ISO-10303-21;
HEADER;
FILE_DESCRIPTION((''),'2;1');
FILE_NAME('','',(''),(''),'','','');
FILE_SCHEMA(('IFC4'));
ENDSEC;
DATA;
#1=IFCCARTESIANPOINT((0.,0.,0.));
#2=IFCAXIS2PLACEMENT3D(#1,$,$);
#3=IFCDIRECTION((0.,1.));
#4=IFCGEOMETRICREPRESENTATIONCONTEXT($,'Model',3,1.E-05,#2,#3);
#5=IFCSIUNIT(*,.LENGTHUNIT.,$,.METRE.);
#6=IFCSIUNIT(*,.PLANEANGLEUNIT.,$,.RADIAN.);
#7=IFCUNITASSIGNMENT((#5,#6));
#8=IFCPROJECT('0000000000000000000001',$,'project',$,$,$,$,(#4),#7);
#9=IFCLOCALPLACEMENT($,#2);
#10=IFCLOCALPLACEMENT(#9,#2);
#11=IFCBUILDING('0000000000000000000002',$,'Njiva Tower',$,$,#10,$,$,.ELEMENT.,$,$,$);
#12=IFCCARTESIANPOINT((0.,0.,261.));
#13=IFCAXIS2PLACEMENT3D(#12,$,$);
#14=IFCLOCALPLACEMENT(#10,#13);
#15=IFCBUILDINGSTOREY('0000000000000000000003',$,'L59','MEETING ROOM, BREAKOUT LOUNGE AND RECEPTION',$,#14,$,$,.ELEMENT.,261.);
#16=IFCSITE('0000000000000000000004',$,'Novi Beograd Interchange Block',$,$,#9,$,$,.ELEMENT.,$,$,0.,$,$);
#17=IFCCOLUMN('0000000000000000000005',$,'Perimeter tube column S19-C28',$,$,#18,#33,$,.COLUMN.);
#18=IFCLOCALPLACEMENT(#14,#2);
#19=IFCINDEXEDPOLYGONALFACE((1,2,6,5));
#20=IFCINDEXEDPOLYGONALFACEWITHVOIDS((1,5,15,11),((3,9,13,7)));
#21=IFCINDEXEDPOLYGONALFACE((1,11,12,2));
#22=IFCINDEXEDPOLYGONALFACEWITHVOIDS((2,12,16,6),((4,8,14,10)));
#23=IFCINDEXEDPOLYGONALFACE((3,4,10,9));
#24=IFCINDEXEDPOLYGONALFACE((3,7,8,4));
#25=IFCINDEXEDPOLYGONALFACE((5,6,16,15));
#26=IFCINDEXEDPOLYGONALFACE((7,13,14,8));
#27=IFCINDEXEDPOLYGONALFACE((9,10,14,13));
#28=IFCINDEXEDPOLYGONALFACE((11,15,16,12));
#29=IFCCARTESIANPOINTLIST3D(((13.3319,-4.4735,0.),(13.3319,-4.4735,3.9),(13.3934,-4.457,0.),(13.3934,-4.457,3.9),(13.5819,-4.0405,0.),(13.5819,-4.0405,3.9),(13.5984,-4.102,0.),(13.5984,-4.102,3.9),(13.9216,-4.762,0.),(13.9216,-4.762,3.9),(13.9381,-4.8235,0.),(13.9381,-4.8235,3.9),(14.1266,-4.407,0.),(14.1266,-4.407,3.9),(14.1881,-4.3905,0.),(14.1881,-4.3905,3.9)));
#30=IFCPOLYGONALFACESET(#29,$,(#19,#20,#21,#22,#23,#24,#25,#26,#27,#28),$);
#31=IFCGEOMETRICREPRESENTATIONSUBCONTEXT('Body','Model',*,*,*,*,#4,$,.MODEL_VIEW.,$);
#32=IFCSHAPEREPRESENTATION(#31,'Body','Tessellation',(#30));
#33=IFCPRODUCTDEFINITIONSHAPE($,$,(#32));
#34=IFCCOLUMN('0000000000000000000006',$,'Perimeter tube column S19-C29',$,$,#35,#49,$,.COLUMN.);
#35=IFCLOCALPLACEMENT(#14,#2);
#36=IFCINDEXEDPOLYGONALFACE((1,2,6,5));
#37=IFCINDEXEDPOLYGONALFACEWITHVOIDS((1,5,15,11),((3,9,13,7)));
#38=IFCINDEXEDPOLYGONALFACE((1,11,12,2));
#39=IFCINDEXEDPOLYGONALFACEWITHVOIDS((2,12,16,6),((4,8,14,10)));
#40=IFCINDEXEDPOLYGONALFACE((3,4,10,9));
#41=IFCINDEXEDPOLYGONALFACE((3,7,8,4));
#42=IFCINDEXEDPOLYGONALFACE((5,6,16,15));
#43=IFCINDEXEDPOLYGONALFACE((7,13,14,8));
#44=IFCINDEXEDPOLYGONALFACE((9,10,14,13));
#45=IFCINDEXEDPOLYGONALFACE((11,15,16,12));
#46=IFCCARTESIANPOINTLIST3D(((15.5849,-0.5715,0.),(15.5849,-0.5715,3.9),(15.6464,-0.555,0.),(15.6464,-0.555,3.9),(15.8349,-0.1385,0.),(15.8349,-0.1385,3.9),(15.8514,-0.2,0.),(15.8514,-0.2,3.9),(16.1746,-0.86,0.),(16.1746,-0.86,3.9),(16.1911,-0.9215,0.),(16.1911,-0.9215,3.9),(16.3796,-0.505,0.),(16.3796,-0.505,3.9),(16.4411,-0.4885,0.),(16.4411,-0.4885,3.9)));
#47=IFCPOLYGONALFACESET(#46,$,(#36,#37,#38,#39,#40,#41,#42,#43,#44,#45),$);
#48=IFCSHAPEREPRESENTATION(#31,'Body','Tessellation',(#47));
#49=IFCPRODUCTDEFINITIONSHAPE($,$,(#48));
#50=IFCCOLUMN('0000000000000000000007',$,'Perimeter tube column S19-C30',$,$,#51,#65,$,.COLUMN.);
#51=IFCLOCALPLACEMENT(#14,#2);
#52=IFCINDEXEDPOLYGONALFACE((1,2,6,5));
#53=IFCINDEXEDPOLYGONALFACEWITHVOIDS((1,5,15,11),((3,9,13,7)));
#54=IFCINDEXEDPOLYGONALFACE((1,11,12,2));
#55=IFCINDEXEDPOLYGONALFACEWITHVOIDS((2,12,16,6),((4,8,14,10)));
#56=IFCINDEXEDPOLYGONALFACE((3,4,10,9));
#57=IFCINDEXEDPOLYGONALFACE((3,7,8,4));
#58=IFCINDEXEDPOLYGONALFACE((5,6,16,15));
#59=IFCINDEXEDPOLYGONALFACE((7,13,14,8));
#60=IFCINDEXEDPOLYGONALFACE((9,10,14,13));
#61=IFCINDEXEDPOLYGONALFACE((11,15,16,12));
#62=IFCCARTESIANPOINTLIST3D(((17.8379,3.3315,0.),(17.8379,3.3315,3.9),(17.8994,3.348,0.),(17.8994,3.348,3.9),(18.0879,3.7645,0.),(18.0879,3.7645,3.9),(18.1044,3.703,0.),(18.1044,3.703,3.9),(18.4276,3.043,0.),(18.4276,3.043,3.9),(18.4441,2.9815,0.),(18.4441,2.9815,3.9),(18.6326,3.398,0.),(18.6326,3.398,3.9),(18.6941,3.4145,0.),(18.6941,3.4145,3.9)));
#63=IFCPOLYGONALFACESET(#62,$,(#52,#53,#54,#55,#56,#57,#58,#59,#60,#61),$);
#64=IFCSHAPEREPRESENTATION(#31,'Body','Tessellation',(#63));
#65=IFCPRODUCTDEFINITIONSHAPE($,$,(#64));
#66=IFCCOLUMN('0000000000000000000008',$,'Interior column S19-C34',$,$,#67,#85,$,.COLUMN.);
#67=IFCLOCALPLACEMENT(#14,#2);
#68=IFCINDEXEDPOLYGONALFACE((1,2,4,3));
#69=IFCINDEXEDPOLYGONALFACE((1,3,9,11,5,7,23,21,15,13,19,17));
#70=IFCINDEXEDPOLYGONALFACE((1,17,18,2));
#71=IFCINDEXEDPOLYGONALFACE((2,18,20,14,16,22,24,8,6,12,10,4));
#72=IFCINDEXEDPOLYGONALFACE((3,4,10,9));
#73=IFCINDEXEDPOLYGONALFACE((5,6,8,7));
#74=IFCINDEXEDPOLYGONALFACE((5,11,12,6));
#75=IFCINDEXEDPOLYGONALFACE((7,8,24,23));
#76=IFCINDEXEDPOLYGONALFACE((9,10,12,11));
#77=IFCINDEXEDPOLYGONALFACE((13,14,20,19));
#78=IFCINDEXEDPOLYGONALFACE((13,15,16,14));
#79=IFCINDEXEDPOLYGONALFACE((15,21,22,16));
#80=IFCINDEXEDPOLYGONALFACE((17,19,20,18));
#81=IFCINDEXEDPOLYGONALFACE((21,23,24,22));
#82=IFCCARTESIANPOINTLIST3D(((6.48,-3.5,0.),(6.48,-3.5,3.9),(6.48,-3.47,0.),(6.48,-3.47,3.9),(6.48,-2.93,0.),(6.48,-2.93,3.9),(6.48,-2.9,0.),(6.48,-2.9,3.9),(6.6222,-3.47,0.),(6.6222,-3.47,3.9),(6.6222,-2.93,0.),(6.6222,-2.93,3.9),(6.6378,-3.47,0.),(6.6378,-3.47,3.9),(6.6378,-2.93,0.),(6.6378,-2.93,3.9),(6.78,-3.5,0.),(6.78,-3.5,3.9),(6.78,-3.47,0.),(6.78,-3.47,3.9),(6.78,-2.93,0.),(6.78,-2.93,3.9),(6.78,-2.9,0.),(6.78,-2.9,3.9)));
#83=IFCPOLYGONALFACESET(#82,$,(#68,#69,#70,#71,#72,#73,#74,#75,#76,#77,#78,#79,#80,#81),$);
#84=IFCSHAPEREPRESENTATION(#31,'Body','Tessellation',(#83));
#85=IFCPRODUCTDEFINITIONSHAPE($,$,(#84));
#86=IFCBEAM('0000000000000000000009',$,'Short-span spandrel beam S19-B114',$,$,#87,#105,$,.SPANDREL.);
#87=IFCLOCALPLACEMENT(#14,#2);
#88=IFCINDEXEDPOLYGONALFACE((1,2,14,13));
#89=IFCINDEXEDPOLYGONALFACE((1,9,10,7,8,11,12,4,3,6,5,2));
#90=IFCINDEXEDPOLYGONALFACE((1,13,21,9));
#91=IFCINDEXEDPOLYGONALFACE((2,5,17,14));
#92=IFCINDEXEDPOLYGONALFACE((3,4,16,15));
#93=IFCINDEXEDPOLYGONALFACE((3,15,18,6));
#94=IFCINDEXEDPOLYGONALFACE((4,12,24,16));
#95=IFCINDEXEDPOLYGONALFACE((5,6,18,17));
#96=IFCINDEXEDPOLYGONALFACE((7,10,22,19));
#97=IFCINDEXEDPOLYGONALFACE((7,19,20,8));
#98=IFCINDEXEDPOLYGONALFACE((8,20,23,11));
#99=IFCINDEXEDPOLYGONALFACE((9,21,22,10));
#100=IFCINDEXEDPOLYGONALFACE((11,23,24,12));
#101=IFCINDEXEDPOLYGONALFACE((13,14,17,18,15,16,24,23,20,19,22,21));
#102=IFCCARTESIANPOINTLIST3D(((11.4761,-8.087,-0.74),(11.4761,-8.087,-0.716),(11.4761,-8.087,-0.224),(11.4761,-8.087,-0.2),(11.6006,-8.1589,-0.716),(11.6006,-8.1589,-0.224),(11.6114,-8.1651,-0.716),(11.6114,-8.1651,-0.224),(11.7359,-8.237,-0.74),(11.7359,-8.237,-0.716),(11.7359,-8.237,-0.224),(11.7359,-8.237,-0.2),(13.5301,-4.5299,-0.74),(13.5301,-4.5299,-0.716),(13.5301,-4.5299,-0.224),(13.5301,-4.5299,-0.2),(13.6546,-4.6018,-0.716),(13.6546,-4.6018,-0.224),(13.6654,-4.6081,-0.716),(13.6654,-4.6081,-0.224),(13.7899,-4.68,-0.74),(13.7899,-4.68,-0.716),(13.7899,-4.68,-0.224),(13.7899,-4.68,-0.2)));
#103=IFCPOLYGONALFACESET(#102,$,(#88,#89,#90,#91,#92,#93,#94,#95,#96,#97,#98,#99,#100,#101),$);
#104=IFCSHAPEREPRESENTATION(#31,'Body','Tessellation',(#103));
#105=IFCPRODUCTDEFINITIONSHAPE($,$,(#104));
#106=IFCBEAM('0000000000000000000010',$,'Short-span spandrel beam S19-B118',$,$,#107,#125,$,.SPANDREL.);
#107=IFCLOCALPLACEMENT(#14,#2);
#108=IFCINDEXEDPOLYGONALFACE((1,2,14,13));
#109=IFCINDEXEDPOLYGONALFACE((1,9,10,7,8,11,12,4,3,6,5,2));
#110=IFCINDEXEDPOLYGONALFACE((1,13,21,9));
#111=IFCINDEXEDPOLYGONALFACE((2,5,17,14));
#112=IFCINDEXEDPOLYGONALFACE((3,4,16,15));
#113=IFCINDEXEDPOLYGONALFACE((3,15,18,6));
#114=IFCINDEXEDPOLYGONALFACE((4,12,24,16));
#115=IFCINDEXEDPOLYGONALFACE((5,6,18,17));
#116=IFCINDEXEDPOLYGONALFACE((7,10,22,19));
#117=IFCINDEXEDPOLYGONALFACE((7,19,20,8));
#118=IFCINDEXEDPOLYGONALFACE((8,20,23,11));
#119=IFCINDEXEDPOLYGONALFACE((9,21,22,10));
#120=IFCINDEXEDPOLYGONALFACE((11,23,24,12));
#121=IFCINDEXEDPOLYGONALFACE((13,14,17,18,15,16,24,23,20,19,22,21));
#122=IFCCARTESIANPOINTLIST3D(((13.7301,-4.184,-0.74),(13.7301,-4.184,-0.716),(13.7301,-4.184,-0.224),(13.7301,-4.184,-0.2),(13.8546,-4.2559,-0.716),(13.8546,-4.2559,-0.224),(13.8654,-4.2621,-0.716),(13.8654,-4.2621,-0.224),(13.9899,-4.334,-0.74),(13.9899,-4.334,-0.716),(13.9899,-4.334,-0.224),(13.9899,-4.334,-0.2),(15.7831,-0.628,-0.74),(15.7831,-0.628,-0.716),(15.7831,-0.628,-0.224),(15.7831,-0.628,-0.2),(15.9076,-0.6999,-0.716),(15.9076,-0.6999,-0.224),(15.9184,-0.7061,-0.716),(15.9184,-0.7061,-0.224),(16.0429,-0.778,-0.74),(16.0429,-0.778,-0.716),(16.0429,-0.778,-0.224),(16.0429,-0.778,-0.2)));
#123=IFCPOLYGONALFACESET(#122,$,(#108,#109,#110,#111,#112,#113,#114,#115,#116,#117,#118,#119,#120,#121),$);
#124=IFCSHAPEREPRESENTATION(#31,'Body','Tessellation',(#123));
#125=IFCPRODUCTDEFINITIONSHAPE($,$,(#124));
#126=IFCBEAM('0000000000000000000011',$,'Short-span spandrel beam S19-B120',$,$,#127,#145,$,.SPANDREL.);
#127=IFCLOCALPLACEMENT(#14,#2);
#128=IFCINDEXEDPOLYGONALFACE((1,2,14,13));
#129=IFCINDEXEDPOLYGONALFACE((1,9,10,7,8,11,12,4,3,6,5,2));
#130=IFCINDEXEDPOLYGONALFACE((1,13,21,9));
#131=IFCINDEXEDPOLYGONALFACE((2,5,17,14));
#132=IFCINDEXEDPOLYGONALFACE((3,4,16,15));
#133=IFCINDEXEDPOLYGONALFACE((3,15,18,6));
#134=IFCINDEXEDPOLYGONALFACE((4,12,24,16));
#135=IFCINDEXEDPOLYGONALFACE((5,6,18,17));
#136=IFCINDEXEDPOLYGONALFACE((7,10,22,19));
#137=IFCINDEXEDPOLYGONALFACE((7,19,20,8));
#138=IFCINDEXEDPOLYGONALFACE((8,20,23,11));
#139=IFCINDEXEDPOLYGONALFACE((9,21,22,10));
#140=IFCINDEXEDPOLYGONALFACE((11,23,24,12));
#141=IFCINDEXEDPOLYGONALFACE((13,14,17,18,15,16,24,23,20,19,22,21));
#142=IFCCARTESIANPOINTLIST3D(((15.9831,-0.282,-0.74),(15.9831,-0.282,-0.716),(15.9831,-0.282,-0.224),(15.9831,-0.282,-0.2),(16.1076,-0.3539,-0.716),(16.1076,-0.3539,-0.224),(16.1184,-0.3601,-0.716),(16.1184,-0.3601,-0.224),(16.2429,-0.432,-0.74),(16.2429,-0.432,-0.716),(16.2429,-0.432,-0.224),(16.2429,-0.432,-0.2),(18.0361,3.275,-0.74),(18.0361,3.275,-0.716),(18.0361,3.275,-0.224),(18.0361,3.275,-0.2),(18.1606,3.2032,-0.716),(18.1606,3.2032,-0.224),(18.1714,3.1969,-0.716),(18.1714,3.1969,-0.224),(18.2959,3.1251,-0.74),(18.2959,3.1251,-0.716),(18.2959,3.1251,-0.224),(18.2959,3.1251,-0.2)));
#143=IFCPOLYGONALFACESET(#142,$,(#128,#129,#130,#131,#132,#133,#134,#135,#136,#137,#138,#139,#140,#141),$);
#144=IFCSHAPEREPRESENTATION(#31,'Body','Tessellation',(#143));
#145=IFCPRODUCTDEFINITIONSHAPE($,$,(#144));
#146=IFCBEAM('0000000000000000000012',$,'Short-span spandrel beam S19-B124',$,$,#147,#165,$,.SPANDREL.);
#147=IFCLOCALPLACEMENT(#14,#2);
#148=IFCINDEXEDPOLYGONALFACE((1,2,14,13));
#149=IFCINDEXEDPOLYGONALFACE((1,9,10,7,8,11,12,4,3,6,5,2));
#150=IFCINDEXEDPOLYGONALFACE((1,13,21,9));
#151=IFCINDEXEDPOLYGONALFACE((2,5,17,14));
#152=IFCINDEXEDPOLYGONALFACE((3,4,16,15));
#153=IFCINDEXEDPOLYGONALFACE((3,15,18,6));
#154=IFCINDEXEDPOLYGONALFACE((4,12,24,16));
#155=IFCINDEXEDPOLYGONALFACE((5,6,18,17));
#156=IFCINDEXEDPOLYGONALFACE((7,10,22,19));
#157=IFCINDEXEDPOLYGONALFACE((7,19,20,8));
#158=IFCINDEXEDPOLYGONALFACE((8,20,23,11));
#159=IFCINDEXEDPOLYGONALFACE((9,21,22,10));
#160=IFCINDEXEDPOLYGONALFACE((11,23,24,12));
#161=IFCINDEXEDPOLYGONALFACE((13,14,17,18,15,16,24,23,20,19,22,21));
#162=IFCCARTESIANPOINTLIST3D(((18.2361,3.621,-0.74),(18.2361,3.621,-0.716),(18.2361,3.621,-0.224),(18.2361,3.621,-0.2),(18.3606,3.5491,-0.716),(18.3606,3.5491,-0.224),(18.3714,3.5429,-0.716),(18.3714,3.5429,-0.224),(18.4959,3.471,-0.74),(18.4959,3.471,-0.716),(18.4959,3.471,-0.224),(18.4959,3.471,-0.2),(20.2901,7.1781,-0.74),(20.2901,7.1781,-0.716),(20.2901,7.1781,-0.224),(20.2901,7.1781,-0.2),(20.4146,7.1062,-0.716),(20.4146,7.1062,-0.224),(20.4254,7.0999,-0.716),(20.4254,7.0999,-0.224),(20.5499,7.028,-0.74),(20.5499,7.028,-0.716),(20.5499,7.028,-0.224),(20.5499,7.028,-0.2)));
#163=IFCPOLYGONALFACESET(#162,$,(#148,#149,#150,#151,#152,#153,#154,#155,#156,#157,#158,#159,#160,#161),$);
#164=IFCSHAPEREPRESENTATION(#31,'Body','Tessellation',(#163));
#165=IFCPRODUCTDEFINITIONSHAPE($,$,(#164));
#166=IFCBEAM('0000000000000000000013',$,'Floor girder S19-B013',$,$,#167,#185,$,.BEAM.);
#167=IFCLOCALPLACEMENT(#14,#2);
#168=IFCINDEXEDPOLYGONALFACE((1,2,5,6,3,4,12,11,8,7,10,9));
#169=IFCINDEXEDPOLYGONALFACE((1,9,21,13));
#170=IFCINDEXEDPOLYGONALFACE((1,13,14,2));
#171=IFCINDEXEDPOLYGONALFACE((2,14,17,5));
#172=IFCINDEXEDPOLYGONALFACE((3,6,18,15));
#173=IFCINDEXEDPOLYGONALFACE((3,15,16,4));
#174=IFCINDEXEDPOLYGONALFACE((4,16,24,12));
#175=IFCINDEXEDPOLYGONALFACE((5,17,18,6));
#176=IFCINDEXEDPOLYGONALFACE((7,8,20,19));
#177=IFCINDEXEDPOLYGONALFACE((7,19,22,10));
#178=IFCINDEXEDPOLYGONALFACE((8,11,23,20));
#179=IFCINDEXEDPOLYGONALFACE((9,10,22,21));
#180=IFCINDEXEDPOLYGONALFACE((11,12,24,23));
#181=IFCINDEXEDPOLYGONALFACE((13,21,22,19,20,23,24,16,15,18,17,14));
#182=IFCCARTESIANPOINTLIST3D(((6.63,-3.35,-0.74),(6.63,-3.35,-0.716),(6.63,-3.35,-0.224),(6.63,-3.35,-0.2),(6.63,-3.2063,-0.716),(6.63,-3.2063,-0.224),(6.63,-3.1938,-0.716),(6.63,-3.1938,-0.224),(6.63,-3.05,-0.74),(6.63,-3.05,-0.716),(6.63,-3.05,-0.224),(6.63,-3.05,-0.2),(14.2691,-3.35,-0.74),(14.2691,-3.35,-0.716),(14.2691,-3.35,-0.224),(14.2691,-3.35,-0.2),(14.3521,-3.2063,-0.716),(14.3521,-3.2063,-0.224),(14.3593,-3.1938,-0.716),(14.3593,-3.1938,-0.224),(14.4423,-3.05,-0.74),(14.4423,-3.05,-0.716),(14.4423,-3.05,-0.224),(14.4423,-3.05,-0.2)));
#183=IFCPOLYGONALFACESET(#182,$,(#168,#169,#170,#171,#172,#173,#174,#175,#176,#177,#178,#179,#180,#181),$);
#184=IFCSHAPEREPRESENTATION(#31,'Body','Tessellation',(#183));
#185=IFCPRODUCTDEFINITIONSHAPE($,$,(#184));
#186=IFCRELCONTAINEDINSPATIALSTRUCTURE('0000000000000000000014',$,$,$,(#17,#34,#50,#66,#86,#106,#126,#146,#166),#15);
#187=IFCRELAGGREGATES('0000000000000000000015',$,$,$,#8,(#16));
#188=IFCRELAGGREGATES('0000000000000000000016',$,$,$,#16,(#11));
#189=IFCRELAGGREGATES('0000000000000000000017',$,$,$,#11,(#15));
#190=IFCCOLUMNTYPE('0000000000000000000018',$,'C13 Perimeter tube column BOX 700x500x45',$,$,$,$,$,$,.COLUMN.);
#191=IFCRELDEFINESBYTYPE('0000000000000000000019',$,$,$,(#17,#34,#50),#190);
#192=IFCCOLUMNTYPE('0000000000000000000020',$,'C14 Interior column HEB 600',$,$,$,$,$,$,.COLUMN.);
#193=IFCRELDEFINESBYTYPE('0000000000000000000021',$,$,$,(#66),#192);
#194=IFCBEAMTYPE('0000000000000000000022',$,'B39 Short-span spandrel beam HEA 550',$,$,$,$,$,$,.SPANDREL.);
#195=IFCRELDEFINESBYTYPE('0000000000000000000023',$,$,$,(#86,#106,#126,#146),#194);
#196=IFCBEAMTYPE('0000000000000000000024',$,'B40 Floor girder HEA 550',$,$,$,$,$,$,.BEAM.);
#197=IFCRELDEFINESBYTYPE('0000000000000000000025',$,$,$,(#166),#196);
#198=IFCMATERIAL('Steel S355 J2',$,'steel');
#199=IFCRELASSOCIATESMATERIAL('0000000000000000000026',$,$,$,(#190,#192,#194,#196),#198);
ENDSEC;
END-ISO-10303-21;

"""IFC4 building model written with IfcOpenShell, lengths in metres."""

from ifc_helpers import new_model, si_unit, direction, frame, origin, origin_2d, place, context, subcontext, project, spatial, hollow_rectangle, i_section, extrude, clip, halfspace, material, material_profile, profile_set, type_object, element, save


model = new_model("IFC4")

# Units and contexts
model_context = context("Model", 3, precision=1e-05, world=origin(), true_north=direction((0.0, 1.0)))
body_context = subcontext(model_context, "Body", "Model", "MODEL_VIEW")
ifc_project = project(units=[si_unit("LENGTHUNIT", "METRE"), si_unit("PLANEANGLEUNIT", "RADIAN")], contexts=[model_context])

# Site, building, storey
site_placement = place(None, origin())
site = spatial("IfcSite", under=ifc_project, at=site_placement, Name="Novi Beograd Interchange Block", CompositionType="ELEMENT", RefElevation=0.0)
building_placement = place(site_placement, origin())
building = spatial("IfcBuilding", under=site, at=building_placement, Name="Njiva Tower", CompositionType="ELEMENT")
storey_placement = place(building_placement, frame((0.0, 0.0, 261.0)))
storey = spatial("IfcBuildingStorey", under=building, at=storey_placement, Name="L59", Description="MEETING ROOM, BREAKOUT LOUNGE AND RECEPTION", CompositionType="ELEMENT", Elevation=261.0)

# Columns
ifc_material_1 = material(Name="Steel S355 J2", Category="steel")
ifc_material_profile_1 = material_profile(ifc_material_1, hollow_rectangle(XDim=0.5, YDim=0.7, WallThickness=0.045, at=origin_2d()), Name="BOX 700x500x45")
ifc_profile_set_1 = profile_set([ifc_material_profile_1], Name="Steel S355 J2")
column_type_1 = type_object("IfcColumnType", Name="C13 Perimeter tube column BOX 700x500x45", PredefinedType="COLUMN", material=ifc_profile_set_1)
for number, where, z_axis, x_axis, name in (
    (1, (13.76, -4.432, 0.0), (0.0, 0.0, 1.0), (0.5, 0.866025, 0.0), "Perimeter tube column S19-C28"),
    (2, (16.013, -0.53, 0.0), (0.0, 0.0, 1.0), (0.5, 0.866025, 0.0), "Perimeter tube column S19-C29"),
    (3, (18.266, 3.373, 0.0), (0.0, 0.0, 1.0), (0.5, 0.866025, 0.0), "Perimeter tube column S19-C30"),
):
    element("IfcColumn", number, at=place(storey_placement, frame(where, z_axis=z_axis, x_axis=x_axis)), inside=storey, type_object=column_type_1, Name=name, PredefinedType="COLUMN", context=body_context, shape_type="SweptSolid", body=[
        extrude(hollow_rectangle(XDim=0.5, YDim=0.7, WallThickness=0.045, at=origin_2d()), origin(), (0.0, 0.0, 1.0), 3.9),
    ])
ifc_material_profile_2 = material_profile(ifc_material_1, i_section(OverallWidth=0.3, OverallDepth=0.6, WebThickness=0.0155, FlangeThickness=0.03, at=origin_2d()), Name="HEB 600")
ifc_profile_set_2 = profile_set([ifc_material_profile_2], Name="Steel S355 J2")
column_type_2 = type_object("IfcColumnType", Name="C14 Interior column HEB 600", PredefinedType="COLUMN", material=ifc_profile_set_2)
column_placement = place(storey_placement, frame((6.63, -3.2, 0.0), z_axis=(0.0, 0.0, 1.0), x_axis=(1.0, 0.0, 0.0)))
element("IfcColumn", 4, at=column_placement, inside=storey, type_object=column_type_2, Name="Interior column S19-C34", PredefinedType="COLUMN", context=body_context, shape_type="SweptSolid", body=[
    extrude(i_section(OverallWidth=0.3, OverallDepth=0.6, WebThickness=0.0155, FlangeThickness=0.03, at=origin_2d()), origin(), (0.0, 0.0, 1.0), 3.9),
])

# Beams
ifc_material_profile_3 = material_profile(ifc_material_1, i_section(OverallWidth=0.3, OverallDepth=0.54, WebThickness=0.0125, FlangeThickness=0.024, at=origin_2d()), Name="HEA 550")
ifc_profile_set_3 = profile_set([ifc_material_profile_3], Name="Steel S355 J2")
beam_type_1 = type_object("IfcBeamType", Name="B39 Short-span spandrel beam HEA 550", PredefinedType="SPANDREL", material=ifc_profile_set_3)
beam_1_placement = place(storey_placement, frame((11.606, -8.162, -0.47), z_axis=(0.500067, 0.865987, 0.0), x_axis=(-0.865987, 0.500067, 0.0)))
element("IfcBeam", 5, at=beam_1_placement, inside=storey, type_object=beam_type_1, Name="Short-span spandrel beam S19-B114", PredefinedType="SPANDREL", context=body_context, shape_type="SweptSolid", body=[
    extrude(i_section(OverallWidth=0.3, OverallDepth=0.54, WebThickness=0.0125, FlangeThickness=0.024, at=origin_2d()), origin(), (0.0, 0.0, 1.0), 4.1075),
])
beam_2_placement = place(storey_placement, frame((13.86, -4.259, -0.47), z_axis=(0.499989, 0.866031, 0.0), x_axis=(-0.866031, 0.499989, 0.0)))
element("IfcBeam", 6, at=beam_2_placement, inside=storey, type_object=beam_type_1, Name="Short-span spandrel beam S19-B118", PredefinedType="SPANDREL", context=body_context, shape_type="SweptSolid", body=[
    extrude(i_section(OverallWidth=0.3, OverallDepth=0.54, WebThickness=0.0125, FlangeThickness=0.024, at=origin_2d()), origin(), (0.0, 0.0, 1.0), 4.1061),
])
beam_3_placement = place(storey_placement, frame((16.113, -0.357, -0.47), z_axis=(0.499884, 0.866092, 0.0), x_axis=(-0.866092, 0.499884, 0.0)))
element("IfcBeam", 7, at=beam_3_placement, inside=storey, type_object=beam_type_1, Name="Short-span spandrel beam S19-B120", PredefinedType="SPANDREL", context=body_context, shape_type="SweptSolid", body=[
    extrude(i_section(OverallWidth=0.3, OverallDepth=0.54, WebThickness=0.0125, FlangeThickness=0.024, at=origin_2d()), origin(), (0.0, 0.0, 1.0), 4.107),
])
beam_4_placement = place(storey_placement, frame((18.366, 3.546, -0.47), z_axis=(0.500067, 0.865987, 0.0), x_axis=(-0.865987, 0.500067, 0.0)))
element("IfcBeam", 8, at=beam_4_placement, inside=storey, type_object=beam_type_1, Name="Short-span spandrel beam S19-B124", PredefinedType="SPANDREL", context=body_context, shape_type="SweptSolid", body=[
    extrude(i_section(OverallWidth=0.3, OverallDepth=0.54, WebThickness=0.0125, FlangeThickness=0.024, at=origin_2d()), origin(), (0.0, 0.0, 1.0), 4.1075),
])
ifc_material_profile_4 = material_profile(ifc_material_1, i_section(OverallWidth=0.3, OverallDepth=0.54, WebThickness=0.0125, FlangeThickness=0.024, at=origin_2d()), Name="HEA 550")
ifc_profile_set_4 = profile_set([ifc_material_profile_4], Name="Steel S355 J2")
beam_type_2 = type_object("IfcBeamType", Name="B40 Floor girder HEA 550", PredefinedType="BEAM", material=ifc_profile_set_4)
beam_5_placement = place(storey_placement, frame((6.63, -3.2, -0.47), z_axis=(1.0, 0.0, 0.0), x_axis=(0.0, 1.0, 0.0)))
element("IfcBeam", 9, at=beam_5_placement, inside=storey, type_object=beam_type_2, Name="Floor girder S19-B013", PredefinedType="BEAM", context=body_context, shape_type="Clipping", body=[
    clip(extrude(i_section(OverallWidth=0.3, OverallDepth=0.54, WebThickness=0.0125, FlangeThickness=0.024, at=origin_2d()), origin(), (0.0, 0.0, 1.0), 7.833), halfspace(frame((-0.025, 0.0, 7.7113), z_axis=(-0.499998, 0.0, 0.866027), x_axis=(0.0, 1.0, 0.0)), False)),
])

save(model, "model.ifc")
